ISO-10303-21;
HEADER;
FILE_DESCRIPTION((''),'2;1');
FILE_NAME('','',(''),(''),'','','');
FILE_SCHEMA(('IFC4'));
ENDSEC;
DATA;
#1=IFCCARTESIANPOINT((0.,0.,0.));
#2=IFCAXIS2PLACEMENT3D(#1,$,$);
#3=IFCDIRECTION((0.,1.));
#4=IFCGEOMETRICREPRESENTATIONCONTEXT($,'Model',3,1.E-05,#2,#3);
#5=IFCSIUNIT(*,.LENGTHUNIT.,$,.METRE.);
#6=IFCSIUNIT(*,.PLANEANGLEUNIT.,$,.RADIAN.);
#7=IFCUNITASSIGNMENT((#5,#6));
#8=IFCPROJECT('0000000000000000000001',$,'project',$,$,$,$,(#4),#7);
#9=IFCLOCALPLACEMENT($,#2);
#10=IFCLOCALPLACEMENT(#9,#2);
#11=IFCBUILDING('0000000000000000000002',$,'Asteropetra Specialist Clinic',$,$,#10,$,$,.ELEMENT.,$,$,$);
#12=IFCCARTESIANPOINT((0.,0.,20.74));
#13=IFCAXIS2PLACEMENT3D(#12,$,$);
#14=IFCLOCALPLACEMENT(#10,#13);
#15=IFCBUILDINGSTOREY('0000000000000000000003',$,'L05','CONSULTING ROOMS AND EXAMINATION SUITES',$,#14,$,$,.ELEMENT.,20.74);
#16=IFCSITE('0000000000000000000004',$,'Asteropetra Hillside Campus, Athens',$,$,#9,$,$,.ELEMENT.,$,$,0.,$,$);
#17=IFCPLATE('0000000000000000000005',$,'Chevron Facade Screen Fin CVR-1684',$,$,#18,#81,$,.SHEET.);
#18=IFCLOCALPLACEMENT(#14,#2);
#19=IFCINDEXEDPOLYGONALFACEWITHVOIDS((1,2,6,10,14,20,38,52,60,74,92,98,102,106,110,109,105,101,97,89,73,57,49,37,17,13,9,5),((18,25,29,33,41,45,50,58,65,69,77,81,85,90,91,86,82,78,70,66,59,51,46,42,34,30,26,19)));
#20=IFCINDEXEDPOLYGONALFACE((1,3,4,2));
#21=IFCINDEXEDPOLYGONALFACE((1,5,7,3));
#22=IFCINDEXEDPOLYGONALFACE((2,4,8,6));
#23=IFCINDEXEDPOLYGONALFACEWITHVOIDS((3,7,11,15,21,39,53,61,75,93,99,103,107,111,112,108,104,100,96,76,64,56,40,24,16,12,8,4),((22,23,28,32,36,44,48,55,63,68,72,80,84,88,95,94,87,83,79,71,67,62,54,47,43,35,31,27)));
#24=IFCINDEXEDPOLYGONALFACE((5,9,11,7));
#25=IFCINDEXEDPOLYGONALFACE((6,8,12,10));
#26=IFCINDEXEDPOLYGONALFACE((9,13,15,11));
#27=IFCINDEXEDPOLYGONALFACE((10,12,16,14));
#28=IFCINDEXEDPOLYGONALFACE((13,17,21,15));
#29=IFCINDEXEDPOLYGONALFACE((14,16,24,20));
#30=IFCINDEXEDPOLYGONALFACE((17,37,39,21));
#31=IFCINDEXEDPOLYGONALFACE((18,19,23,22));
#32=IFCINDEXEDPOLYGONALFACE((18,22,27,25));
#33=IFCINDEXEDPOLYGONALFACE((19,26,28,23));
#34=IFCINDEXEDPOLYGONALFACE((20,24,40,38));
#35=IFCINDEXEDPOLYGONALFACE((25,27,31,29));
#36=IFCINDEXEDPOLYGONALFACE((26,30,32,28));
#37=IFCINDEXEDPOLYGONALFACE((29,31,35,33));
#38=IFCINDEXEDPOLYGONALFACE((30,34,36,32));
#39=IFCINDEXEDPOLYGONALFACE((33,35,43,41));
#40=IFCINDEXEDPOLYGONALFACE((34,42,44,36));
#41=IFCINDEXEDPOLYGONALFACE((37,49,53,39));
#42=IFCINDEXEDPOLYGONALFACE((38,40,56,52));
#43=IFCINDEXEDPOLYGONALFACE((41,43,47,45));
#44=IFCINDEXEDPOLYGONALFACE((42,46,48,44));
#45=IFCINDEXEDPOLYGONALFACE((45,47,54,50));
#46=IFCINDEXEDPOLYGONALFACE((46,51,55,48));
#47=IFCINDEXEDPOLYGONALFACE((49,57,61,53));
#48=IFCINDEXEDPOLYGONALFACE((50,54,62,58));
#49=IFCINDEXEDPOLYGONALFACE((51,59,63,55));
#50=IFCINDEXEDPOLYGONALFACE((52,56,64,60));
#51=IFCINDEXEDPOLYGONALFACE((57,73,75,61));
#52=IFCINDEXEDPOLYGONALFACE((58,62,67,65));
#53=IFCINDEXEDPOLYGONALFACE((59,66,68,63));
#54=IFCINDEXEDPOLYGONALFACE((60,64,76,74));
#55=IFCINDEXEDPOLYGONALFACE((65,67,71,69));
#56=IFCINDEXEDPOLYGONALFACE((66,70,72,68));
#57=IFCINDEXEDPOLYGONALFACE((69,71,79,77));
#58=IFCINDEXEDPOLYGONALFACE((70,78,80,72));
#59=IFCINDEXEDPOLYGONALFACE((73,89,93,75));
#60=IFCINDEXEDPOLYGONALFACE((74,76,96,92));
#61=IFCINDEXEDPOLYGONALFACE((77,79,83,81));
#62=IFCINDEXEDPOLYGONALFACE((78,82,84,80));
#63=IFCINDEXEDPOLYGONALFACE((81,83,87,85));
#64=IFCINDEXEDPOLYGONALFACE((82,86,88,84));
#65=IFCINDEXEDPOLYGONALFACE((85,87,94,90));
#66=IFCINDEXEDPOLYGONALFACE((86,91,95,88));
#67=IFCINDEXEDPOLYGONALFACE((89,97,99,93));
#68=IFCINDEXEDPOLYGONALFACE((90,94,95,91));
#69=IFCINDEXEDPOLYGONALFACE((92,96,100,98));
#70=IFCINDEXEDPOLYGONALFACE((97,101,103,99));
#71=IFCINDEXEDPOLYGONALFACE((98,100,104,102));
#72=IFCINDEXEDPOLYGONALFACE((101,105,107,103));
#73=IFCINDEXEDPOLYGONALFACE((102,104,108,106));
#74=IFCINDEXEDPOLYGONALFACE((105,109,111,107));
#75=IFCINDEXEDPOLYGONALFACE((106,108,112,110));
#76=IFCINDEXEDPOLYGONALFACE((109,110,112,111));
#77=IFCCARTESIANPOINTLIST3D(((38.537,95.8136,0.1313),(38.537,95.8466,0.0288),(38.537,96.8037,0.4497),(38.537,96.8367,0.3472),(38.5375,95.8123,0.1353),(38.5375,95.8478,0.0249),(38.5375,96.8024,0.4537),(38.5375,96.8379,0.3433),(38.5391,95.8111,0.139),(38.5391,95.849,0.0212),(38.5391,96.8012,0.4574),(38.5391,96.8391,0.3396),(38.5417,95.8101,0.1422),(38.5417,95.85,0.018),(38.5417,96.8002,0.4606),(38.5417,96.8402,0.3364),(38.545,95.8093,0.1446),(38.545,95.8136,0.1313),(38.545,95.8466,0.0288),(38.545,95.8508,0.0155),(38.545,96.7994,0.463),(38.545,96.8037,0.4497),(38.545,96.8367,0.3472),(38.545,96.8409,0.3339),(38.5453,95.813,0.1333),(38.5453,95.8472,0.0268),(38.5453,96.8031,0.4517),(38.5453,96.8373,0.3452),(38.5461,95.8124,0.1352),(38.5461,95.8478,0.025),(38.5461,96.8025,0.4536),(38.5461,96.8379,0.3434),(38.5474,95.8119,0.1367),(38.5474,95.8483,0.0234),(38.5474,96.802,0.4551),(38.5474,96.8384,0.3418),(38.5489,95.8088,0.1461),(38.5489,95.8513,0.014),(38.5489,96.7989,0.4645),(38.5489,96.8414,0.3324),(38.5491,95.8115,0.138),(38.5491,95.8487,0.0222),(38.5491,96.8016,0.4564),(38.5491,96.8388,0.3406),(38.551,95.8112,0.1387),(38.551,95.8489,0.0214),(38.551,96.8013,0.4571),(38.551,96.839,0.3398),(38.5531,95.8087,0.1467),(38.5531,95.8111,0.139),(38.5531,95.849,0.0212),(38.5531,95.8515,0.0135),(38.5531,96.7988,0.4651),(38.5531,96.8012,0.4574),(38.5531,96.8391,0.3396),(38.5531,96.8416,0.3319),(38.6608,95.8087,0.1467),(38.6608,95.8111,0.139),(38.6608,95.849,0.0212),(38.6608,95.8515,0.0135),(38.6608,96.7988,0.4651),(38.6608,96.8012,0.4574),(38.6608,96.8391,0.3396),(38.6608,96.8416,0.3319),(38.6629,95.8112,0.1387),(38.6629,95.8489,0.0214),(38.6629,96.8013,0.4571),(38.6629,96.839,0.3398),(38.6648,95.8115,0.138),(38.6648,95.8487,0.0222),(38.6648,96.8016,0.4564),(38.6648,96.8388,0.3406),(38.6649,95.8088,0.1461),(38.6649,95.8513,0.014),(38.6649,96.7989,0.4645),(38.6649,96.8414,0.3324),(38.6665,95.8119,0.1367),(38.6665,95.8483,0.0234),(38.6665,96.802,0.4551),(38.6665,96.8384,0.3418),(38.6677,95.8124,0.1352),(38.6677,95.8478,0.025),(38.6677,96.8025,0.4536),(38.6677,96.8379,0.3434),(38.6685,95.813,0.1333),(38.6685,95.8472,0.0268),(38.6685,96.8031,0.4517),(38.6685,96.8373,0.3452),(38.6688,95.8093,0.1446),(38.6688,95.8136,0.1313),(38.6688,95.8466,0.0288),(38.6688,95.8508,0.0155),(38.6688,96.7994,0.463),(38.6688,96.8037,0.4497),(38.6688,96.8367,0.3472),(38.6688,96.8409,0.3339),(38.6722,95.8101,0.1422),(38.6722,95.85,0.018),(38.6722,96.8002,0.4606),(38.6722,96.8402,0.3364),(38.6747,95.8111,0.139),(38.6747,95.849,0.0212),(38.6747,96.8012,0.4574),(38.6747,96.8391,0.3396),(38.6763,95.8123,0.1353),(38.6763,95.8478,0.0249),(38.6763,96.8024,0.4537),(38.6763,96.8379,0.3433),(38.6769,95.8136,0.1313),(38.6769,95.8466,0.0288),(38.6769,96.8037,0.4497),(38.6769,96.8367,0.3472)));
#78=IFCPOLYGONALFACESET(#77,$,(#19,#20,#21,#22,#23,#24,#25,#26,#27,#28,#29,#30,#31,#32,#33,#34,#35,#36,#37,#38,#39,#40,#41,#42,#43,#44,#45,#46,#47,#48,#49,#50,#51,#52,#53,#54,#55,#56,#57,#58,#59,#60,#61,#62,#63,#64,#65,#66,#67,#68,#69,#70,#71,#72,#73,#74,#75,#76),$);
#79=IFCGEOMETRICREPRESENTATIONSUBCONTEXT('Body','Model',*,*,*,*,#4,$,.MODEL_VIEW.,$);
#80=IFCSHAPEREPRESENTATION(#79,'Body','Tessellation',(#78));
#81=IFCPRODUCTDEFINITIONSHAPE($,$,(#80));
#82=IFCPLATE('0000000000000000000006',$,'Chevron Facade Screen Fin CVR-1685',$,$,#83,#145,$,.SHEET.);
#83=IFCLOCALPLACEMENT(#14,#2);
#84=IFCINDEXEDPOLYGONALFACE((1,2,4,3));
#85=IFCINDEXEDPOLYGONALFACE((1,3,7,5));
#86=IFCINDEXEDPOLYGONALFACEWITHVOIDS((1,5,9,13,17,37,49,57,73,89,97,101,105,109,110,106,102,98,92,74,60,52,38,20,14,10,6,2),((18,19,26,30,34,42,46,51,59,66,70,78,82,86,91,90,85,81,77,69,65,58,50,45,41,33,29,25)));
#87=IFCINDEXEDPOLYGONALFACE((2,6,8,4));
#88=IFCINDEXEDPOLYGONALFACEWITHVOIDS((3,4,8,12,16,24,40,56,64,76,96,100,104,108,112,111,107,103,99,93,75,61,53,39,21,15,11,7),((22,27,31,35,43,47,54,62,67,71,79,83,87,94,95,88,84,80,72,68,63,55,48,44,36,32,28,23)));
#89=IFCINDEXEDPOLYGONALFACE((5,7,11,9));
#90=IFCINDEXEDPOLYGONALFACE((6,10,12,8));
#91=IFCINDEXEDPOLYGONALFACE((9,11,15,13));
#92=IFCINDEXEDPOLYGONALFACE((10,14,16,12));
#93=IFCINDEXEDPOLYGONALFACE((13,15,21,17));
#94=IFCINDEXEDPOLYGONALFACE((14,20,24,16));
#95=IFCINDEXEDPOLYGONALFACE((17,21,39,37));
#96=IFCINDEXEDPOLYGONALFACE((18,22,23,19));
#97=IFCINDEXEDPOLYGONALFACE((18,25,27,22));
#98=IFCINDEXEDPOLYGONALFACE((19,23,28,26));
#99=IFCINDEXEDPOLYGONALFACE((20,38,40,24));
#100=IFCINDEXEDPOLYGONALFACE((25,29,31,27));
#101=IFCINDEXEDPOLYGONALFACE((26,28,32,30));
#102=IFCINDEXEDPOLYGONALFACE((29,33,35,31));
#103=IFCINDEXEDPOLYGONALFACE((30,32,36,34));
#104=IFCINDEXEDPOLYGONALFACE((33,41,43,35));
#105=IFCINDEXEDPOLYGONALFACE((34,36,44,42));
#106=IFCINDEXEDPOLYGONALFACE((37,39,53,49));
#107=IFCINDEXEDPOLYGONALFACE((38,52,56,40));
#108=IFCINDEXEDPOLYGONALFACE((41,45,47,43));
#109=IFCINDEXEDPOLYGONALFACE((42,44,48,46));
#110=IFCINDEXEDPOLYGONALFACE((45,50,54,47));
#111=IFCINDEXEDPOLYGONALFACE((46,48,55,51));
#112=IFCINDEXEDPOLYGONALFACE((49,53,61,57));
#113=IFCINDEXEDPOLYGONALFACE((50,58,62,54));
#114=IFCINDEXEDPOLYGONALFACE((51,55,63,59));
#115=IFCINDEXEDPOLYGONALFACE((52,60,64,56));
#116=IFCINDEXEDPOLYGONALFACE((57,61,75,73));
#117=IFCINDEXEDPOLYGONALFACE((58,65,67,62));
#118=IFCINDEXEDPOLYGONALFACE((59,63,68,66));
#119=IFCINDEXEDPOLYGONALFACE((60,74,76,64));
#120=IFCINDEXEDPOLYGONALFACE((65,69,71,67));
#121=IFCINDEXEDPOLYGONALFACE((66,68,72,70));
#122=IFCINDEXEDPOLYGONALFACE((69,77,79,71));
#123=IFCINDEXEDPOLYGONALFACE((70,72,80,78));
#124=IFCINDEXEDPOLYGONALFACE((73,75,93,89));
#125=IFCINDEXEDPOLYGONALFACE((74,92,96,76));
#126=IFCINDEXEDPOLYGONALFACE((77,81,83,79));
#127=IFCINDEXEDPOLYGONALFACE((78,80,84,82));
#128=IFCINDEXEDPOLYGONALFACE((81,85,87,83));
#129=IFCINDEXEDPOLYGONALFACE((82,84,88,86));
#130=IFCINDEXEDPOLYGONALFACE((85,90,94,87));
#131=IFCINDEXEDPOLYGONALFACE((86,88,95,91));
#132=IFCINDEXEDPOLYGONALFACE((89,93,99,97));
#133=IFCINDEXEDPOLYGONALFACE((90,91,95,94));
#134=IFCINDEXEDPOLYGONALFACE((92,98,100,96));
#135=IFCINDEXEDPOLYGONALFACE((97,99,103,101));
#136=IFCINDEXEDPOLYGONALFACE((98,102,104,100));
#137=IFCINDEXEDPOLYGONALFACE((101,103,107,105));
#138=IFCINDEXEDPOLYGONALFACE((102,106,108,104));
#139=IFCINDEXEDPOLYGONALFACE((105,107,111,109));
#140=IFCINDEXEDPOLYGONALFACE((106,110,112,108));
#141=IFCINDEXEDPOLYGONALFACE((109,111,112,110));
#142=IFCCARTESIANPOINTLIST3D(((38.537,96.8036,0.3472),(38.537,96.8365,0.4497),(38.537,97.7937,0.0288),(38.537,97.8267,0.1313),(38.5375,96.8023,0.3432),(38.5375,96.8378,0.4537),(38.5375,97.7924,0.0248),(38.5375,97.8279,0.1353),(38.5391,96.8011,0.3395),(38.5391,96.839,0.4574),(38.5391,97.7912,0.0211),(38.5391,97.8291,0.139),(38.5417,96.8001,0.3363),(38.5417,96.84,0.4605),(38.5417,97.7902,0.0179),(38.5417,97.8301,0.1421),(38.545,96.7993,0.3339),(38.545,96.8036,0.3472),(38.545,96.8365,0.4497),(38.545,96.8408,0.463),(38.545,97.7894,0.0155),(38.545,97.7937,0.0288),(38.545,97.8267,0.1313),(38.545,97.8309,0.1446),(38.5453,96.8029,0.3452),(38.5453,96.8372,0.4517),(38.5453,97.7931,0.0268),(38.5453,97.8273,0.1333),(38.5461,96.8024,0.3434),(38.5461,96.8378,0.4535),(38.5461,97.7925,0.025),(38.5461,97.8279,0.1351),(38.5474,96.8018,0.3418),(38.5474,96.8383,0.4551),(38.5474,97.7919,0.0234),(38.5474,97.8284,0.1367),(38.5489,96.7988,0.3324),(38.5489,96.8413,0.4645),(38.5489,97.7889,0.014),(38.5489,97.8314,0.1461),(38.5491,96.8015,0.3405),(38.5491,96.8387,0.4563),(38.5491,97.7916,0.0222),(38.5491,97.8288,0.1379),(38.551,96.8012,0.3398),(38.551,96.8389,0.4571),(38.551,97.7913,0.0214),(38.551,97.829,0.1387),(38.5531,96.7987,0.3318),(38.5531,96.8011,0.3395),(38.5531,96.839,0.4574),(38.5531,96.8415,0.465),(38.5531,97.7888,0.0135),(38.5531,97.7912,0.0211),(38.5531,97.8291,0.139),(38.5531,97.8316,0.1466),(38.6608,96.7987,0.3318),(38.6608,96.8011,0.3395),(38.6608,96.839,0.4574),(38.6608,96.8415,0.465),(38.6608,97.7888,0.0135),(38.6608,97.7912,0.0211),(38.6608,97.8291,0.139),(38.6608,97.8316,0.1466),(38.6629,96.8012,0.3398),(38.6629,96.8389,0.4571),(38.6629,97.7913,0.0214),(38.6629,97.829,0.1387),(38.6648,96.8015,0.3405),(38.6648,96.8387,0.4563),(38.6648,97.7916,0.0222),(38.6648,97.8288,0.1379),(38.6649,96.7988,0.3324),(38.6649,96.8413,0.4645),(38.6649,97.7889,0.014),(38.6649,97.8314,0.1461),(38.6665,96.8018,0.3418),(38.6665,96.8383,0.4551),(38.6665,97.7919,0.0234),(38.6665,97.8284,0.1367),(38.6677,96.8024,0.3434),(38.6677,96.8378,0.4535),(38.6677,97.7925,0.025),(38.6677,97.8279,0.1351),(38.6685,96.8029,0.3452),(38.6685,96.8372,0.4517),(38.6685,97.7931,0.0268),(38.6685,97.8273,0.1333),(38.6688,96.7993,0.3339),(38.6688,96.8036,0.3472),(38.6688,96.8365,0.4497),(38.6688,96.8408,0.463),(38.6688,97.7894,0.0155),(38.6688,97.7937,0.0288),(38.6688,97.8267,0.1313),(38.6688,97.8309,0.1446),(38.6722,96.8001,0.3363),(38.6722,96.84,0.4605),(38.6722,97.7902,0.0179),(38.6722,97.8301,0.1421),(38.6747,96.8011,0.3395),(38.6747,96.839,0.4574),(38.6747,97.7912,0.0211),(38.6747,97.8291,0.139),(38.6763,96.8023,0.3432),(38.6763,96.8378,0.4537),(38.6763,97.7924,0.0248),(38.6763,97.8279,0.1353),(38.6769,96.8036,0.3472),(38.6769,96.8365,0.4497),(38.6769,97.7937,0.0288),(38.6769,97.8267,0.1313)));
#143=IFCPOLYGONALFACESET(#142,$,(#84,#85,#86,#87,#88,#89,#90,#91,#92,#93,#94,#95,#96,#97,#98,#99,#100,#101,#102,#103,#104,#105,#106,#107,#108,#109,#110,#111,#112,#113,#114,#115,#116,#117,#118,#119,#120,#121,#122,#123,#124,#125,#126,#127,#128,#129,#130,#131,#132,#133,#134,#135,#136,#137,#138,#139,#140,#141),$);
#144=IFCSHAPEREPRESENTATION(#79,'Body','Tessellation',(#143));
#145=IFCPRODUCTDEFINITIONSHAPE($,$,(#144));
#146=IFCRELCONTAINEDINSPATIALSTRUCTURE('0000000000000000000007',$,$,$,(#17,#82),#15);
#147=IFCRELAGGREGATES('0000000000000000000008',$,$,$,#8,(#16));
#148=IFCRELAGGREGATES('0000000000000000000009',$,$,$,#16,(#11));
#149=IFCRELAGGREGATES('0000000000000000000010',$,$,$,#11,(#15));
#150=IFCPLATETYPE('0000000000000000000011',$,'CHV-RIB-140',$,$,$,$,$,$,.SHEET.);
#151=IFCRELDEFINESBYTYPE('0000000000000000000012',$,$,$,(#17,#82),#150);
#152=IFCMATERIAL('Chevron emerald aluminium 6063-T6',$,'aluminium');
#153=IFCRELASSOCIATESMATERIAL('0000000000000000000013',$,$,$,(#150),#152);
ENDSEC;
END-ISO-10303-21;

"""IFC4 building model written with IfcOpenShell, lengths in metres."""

from ifc_helpers import new_model, si_unit, direction, frame, origin, origin_2d, place, context, subcontext, project, spatial, hollow_rectangle, extrude, material, material_profile, profile_set, type_object, element, save


model = new_model("IFC4")

# Units and contexts
model_context = context("Model", 3, precision=1e-05, world=origin(), true_north=direction((0.0, 1.0)))
body_context = subcontext(model_context, "Body", "Model", "MODEL_VIEW")
ifc_project = project(units=[si_unit("LENGTHUNIT", "METRE"), si_unit("PLANEANGLEUNIT", "RADIAN")], contexts=[model_context])

# Site, building, storey
site_placement = place(None, origin())
site = spatial("IfcSite", under=ifc_project, at=site_placement, Name="Asteropetra Hillside Campus, Athens", CompositionType="ELEMENT", RefElevation=0.0)
building_placement = place(site_placement, origin())
building = spatial("IfcBuilding", under=site, at=building_placement, Name="Asteropetra Specialist Clinic", CompositionType="ELEMENT")
storey_placement = place(building_placement, frame((0.0, 0.0, 20.74)))
storey = spatial("IfcBuildingStorey", under=building, at=storey_placement, Name="L05", Description="CONSULTING ROOMS AND EXAMINATION SUITES", CompositionType="ELEMENT", Elevation=20.74)

# Plates
ifc_material_1 = material(Name="Chevron emerald aluminium 6063-T6", Category="aluminium")
ifc_material_profile_1 = material_profile(ifc_material_1, hollow_rectangle(XDim=0.1399, YDim=0.1399, WallThickness=0.0081, InnerFilletRadius=0.0081, OuterFilletRadius=0.0161, at=origin_2d()), Name="SHS 140x140x8.0")
ifc_profile_set_1 = profile_set([ifc_material_profile_1], Name="Chevron emerald aluminium 6063-T6")
plate_type = type_object("IfcPlateType", Name="CHV-RIB-140", PredefinedType="SHEET", material=ifc_profile_set_1)
for number, where, z_axis, x_axis, name in (
    (1, (38.6069, 95.8301, 0.0801), (0.0, 0.951987, 0.306138), (-1.0, 0.0, 0.0), "Chevron Facade Screen Fin CVR-1684"),
    (2, (38.6069, 96.8201, 0.3984), (0.0, 0.951987, -0.306138), (-1.0, 0.0, 0.0), "Chevron Facade Screen Fin CVR-1685"),
):
    element("IfcPlate", number, at=place(storey_placement, frame(where, z_axis=z_axis, x_axis=x_axis)), inside=storey, type_object=plate_type, Name=name, PredefinedType="SHEET", context=body_context, shape_type="SweptSolid", body=[
        extrude(hollow_rectangle(XDim=0.1399, YDim=0.1399, WallThickness=0.0081, InnerFilletRadius=0.0081, OuterFilletRadius=0.0161, at=origin_2d()), origin(), (0.0, 0.0, 1.0), 1.04),
    ])

save(model, "model.ifc")
